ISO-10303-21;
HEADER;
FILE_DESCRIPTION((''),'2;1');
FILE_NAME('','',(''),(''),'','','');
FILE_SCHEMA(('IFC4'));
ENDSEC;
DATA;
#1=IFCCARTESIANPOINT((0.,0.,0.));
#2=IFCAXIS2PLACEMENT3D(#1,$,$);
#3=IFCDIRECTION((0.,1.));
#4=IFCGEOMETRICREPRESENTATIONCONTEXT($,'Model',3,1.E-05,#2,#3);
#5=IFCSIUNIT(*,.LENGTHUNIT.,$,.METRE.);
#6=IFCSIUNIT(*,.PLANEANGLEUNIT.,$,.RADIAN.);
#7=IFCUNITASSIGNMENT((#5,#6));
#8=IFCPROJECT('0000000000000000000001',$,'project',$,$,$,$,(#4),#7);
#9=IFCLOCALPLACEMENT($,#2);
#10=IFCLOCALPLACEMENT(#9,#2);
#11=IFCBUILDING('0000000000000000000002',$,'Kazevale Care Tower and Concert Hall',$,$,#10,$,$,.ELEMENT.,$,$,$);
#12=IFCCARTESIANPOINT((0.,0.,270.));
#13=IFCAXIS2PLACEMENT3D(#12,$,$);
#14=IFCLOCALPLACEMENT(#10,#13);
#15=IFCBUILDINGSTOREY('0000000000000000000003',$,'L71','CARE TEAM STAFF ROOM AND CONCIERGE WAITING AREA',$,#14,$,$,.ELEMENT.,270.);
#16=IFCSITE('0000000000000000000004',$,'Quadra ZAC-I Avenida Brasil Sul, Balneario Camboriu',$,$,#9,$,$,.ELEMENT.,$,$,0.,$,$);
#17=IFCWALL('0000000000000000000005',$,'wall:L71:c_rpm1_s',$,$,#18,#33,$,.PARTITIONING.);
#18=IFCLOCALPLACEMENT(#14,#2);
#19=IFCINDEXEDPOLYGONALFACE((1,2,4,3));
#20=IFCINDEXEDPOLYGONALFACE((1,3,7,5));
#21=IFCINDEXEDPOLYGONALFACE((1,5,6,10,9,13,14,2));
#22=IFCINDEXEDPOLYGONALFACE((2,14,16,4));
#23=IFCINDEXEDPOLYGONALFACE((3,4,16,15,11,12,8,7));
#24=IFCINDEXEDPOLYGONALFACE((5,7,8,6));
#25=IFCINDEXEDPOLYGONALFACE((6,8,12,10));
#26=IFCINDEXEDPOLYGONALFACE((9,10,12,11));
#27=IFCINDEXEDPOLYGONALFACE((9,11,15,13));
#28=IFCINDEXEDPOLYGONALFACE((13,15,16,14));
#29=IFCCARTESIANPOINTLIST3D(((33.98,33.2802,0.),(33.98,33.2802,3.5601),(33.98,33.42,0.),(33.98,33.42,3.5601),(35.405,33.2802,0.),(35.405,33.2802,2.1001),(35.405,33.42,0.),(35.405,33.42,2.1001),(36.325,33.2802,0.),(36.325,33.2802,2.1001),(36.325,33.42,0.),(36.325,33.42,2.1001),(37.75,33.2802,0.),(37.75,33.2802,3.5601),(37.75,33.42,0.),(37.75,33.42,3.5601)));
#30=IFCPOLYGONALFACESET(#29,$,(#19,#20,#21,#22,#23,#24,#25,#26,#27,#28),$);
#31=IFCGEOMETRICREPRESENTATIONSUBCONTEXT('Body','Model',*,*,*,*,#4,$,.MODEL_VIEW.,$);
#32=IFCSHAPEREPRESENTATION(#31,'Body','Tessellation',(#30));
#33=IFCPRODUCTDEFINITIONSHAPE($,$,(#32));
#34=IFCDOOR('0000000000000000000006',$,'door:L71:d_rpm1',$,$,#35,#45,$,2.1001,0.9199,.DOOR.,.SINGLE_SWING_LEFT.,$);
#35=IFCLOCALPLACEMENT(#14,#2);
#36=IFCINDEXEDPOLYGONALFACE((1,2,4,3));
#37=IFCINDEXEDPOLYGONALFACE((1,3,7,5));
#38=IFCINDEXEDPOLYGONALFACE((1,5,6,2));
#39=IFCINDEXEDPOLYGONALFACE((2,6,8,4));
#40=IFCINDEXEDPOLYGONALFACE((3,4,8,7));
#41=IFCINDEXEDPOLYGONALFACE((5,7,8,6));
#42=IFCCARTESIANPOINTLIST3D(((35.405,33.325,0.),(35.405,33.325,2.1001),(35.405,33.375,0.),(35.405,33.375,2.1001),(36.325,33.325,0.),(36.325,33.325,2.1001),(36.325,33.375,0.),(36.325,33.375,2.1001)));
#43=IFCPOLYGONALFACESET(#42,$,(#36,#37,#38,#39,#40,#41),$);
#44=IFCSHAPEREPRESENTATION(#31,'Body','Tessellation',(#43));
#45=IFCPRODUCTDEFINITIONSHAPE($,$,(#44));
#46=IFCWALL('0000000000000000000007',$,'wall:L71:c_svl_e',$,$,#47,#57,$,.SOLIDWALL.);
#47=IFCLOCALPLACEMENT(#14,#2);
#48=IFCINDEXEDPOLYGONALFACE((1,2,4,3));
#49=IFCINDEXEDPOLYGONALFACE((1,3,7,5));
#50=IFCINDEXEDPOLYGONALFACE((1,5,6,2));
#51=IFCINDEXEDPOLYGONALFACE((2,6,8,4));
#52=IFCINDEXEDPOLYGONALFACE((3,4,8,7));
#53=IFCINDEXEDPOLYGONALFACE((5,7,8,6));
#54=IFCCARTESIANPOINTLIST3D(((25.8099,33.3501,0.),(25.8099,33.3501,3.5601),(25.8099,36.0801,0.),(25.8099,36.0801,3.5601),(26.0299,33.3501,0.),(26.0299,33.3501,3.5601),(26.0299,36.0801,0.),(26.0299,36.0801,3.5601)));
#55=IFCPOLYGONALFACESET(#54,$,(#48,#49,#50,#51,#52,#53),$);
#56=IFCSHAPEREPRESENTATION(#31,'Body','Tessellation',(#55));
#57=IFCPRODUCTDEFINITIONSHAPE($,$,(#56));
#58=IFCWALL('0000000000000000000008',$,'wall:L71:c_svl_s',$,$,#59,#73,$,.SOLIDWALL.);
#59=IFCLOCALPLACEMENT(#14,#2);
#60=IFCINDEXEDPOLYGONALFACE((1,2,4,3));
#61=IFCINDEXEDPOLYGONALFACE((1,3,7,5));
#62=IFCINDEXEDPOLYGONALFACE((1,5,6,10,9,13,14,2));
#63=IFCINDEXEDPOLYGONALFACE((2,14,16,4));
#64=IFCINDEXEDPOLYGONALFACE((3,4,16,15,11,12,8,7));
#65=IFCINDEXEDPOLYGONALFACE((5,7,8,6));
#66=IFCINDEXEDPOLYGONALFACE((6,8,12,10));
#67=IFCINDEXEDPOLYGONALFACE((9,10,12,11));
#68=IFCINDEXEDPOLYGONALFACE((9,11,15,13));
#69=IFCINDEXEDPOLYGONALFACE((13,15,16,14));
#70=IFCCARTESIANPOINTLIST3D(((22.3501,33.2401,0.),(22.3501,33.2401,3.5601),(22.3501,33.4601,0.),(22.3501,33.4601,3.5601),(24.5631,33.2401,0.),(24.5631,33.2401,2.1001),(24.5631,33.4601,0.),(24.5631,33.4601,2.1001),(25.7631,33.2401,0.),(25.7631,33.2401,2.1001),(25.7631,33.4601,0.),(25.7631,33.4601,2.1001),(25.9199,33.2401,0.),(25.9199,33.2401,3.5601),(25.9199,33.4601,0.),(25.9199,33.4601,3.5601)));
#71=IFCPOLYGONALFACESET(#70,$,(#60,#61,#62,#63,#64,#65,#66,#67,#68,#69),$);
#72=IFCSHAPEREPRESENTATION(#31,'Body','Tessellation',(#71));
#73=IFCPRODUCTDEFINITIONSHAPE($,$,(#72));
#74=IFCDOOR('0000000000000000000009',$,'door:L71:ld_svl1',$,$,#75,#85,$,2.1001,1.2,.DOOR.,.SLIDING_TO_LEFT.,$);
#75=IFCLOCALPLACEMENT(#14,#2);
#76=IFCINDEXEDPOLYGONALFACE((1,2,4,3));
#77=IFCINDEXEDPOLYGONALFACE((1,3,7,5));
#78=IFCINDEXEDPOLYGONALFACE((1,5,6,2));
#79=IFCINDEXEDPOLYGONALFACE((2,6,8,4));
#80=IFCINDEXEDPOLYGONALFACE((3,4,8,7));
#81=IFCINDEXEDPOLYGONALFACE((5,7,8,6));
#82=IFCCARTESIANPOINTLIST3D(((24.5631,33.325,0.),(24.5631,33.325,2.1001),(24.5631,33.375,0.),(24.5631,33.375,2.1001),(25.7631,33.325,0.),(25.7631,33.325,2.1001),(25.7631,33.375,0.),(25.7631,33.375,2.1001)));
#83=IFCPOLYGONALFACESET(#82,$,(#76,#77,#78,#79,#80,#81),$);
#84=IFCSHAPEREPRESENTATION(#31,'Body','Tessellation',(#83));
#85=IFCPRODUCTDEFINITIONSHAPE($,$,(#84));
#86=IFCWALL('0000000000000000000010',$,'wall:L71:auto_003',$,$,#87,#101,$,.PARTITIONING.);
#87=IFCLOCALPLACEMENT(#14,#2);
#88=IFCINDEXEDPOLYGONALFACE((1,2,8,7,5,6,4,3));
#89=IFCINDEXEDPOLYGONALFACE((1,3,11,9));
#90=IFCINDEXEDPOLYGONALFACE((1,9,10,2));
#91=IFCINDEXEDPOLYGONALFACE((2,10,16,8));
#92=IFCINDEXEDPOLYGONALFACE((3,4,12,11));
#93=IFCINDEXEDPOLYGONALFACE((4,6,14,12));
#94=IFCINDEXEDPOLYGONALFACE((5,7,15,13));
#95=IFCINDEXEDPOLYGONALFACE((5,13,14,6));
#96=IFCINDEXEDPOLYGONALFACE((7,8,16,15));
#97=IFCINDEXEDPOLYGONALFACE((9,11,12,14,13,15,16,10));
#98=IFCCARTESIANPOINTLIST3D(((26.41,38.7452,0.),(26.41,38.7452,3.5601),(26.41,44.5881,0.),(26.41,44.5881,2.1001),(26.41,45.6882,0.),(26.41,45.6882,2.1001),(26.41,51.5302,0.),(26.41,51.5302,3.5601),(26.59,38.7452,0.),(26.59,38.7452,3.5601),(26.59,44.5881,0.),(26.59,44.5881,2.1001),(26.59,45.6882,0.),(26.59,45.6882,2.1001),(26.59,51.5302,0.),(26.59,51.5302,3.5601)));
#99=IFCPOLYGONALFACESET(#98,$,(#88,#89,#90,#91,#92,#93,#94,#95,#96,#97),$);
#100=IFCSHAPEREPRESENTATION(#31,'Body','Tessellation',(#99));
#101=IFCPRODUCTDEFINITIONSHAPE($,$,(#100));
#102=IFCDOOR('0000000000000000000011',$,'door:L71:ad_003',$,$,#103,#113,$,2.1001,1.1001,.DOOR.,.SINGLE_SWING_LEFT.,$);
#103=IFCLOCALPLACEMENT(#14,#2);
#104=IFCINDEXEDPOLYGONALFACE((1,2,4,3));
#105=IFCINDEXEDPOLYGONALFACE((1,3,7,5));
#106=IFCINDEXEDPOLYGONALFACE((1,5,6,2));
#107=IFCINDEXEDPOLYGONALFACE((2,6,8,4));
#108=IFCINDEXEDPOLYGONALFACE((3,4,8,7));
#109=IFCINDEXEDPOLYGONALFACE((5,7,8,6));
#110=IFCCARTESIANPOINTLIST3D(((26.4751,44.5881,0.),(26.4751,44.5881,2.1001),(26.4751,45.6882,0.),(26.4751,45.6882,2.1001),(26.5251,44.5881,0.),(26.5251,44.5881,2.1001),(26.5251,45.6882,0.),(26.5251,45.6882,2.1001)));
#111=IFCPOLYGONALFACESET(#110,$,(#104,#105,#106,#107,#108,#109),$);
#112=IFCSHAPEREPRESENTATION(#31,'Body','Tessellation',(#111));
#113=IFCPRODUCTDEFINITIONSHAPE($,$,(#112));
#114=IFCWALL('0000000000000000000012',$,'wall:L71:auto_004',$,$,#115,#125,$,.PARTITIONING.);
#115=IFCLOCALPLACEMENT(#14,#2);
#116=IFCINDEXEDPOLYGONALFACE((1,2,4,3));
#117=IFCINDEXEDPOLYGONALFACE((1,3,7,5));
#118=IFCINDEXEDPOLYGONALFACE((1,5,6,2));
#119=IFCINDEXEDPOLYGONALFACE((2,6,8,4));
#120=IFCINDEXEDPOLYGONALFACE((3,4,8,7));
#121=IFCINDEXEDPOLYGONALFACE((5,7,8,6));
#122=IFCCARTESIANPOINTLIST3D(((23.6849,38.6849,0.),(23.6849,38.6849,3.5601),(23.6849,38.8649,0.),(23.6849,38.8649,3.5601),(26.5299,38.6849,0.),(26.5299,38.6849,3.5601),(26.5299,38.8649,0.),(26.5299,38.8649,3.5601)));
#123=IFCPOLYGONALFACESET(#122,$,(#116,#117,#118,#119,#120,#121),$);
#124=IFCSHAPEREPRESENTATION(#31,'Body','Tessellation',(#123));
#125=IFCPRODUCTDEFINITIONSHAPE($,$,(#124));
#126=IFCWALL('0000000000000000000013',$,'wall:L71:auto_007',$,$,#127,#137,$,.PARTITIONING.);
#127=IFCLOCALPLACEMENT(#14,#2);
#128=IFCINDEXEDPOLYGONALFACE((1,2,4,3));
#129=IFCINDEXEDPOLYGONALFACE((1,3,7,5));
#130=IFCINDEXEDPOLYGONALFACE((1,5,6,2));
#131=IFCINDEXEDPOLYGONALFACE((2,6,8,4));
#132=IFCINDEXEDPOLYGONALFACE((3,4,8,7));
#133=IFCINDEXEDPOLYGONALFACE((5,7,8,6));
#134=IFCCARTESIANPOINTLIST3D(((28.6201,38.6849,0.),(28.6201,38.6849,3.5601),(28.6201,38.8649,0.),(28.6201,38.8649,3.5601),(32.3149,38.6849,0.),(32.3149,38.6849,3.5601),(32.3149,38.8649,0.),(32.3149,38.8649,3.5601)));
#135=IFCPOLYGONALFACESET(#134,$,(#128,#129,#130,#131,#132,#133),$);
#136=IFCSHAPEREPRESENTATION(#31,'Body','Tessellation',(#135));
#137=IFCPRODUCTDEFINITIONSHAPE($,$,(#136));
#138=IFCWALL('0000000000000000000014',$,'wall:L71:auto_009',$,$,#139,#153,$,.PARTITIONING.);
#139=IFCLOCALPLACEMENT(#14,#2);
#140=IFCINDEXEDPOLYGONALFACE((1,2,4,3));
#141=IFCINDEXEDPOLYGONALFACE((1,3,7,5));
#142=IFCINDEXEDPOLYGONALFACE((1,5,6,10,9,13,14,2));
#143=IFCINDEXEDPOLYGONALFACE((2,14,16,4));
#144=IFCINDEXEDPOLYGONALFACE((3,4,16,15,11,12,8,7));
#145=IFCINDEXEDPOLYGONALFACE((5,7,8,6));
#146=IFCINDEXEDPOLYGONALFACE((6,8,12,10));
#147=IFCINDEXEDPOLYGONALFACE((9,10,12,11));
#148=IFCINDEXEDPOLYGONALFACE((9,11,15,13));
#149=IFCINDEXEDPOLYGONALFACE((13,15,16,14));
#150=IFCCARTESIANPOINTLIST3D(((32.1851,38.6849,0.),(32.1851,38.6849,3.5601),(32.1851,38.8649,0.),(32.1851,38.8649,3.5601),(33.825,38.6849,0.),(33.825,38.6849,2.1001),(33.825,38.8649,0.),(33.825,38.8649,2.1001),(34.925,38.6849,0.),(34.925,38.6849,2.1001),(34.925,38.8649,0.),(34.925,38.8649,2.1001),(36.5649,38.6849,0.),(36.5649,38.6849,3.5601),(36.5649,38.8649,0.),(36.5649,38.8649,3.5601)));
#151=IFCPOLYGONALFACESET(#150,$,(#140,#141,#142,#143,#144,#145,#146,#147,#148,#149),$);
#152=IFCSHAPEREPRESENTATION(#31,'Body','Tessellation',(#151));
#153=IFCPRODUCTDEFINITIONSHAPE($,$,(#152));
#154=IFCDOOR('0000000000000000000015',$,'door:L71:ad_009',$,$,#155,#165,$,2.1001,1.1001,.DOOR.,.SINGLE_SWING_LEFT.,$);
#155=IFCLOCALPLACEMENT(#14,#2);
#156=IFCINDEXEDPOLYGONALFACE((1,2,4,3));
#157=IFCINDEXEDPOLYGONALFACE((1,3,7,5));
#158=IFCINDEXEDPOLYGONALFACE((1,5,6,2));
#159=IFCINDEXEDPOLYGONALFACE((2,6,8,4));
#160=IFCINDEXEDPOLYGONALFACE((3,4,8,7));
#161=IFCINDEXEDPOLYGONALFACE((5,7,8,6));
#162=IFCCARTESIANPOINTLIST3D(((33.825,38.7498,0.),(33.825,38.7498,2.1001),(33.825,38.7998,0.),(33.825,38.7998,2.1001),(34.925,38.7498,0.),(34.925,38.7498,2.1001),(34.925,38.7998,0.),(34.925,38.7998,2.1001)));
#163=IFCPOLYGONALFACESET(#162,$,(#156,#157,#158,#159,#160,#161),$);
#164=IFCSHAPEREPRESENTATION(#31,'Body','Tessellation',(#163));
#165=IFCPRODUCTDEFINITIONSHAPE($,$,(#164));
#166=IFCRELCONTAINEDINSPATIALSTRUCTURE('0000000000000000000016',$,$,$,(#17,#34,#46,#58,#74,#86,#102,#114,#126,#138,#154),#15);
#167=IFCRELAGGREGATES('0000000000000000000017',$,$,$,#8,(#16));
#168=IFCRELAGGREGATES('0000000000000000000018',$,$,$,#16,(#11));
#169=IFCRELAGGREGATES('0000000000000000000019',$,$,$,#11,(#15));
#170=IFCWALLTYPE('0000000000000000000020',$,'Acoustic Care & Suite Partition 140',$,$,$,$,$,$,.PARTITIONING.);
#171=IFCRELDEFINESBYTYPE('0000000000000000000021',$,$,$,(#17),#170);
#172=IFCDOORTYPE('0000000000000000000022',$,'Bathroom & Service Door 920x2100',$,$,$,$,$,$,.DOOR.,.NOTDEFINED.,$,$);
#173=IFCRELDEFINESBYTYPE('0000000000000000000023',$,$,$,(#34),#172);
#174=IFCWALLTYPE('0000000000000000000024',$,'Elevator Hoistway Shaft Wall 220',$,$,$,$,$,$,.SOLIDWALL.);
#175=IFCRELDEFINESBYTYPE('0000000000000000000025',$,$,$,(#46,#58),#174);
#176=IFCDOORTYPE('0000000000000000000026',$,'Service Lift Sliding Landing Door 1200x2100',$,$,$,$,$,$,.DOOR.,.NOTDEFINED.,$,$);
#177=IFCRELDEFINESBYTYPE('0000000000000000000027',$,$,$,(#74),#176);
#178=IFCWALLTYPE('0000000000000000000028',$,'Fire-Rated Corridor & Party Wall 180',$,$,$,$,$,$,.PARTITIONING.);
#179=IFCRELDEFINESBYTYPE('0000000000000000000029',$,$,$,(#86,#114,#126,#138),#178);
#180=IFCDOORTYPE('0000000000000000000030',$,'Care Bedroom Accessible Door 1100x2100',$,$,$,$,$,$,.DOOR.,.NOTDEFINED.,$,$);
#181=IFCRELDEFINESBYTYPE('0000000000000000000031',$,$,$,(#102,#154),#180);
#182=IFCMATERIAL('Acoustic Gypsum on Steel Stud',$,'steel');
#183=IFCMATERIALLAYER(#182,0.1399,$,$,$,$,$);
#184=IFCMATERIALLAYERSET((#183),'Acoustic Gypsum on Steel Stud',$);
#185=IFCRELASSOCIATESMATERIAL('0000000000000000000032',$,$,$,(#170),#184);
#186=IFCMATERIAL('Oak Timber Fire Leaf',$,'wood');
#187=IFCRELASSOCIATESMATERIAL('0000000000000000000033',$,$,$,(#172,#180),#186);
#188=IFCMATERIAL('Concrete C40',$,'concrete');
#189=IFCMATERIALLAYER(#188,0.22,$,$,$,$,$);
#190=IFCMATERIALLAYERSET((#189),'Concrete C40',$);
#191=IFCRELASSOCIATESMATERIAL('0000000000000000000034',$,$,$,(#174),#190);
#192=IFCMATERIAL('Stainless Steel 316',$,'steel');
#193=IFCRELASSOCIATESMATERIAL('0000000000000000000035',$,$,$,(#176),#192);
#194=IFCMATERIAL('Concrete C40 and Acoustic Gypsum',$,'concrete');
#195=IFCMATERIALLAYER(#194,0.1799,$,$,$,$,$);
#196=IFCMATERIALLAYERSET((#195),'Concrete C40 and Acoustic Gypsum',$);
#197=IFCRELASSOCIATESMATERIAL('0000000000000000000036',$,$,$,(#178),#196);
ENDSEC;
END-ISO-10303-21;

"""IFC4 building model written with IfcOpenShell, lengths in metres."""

from ifc_helpers import new_model, si_unit, direction, frame, frame_2d, origin, place, context, subcontext, project, spatial, rectangle, extrude, material, layer, layer_set, type_object, element, fill, save


model = new_model("IFC4")

# Units and contexts
model_context = context("Model", 3, precision=1e-05, world=origin(), true_north=direction((0.0, 1.0)))
body_context = subcontext(model_context, "Body", "Model", "MODEL_VIEW")
ifc_project = project(units=[si_unit("LENGTHUNIT", "METRE"), si_unit("PLANEANGLEUNIT", "RADIAN")], contexts=[model_context])

# Site, building, storey
site_placement = place(None, origin())
site = spatial("IfcSite", under=ifc_project, at=site_placement, Name="Quadra ZAC-I Avenida Brasil Sul, Balneario Camboriu", CompositionType="ELEMENT", RefElevation=0.0)
building_placement = place(site_placement, origin())
building = spatial("IfcBuilding", under=site, at=building_placement, Name="Kazevale Care Tower and Concert Hall", CompositionType="ELEMENT")
storey_placement = place(building_placement, frame((0.0, 0.0, 270.0)))
storey = spatial("IfcBuildingStorey", under=building, at=storey_placement, Name="L71", Description="CARE TEAM STAFF ROOM AND CONCIERGE WAITING AREA", CompositionType="ELEMENT", Elevation=270.0)

# Shared definitions
ifc_material_1 = material(Name="Acoustic Gypsum on Steel Stud", Category="steel")
ifc_layer_1 = layer(ifc_material_1, 0.1399)
ifc_layer_set_1 = layer_set([ifc_layer_1], Name="Acoustic Gypsum on Steel Stud")
wall_type_1 = type_object("IfcWallType", Name="Acoustic Care & Suite Partition 140", PredefinedType="PARTITIONING", material=ifc_layer_set_1)
ifc_material_2 = material(Name="Oak Timber Fire Leaf", Category="wood")
door_type_1 = type_object("IfcDoorType", Name="Bathroom & Service Door 920x2100", OperationType="NOTDEFINED", PredefinedType="DOOR", material=ifc_material_2)

# Wall, opening, door
wall_1_placement = place(storey_placement, frame((33.98, 33.3501, 0.0), z_axis=(0.0, 0.0, 1.0), x_axis=(1.0, 0.0, 0.0)))
wall_1 = element("IfcWall", 1, at=wall_1_placement, inside=storey, type_object=wall_type_1, Name="wall:L71:c_rpm1_s", PredefinedType="PARTITIONING", context=body_context, shape_type="SweptSolid", body=[
    extrude(rectangle(XDim=3.77, YDim=0.1399, at=frame_2d((1.885, 0.0))), origin(), (0.0, 0.0, 1.0), 3.5601),
])
opening_1_placement = place(wall_1_placement, frame((1.425, 0.0, 0.0)))
opening_1 = element("IfcOpeningElement", 2, at=opening_1_placement, cuts=wall_1, PredefinedType="OPENING", context=body_context, shape_type="SweptSolid", body=[
    extrude(rectangle(XDim=0.9199, YDim=2.1001, at=frame_2d((0.46, 1.05))), frame((0.0, 0.0798, 0.0), z_axis=(0.0, -1.0, 0.0), x_axis=(1.0, 0.0, 0.0)), (0.0, 0.0, 1.0), 0.1599),
])
door_1_placement = place(opening_1_placement, origin())
door_1 = element("IfcDoor", 3, at=door_1_placement, inside=storey, type_object=door_type_1, Name="door:L71:d_rpm1", OperationType="SINGLE_SWING_LEFT", OverallHeight=2.1001, OverallWidth=0.9199, PredefinedType="DOOR", context=body_context, shape_type="SweptSolid", body=[
    extrude(rectangle(XDim=0.9199, YDim=2.1001, at=frame_2d((0.46, 1.05))), frame((0.0, 0.0249, 0.0), z_axis=(0.0, -1.0, 0.0), x_axis=(1.0, 0.0, 0.0)), (0.0, 0.0, 1.0), 0.05),
])
fill(opening_1, door_1)

# Wall
ifc_material_3 = material(Name="Concrete C40", Category="concrete")
ifc_layer_2 = layer(ifc_material_3, 0.22)
ifc_layer_set_2 = layer_set([ifc_layer_2], Name="Concrete C40")
wall_type_2 = type_object("IfcWallType", Name="Elevator Hoistway Shaft Wall 220", PredefinedType="SOLIDWALL", material=ifc_layer_set_2)
wall_2_placement = place(storey_placement, frame((25.9199, 33.3501, 0.0), z_axis=(0.0, 0.0, 1.0), x_axis=(0.0, 1.0, 0.0)))
element("IfcWall", 4, at=wall_2_placement, inside=storey, type_object=wall_type_2, Name="wall:L71:c_svl_e", PredefinedType="SOLIDWALL", context=body_context, shape_type="SweptSolid", body=[
    extrude(rectangle(XDim=2.73, YDim=0.22, at=frame_2d((1.365, 0.0))), origin(), (0.0, 0.0, 1.0), 3.5601),
])

# Walls, openings, doors
wall_3_placement = place(storey_placement, frame((22.3501, 33.3501, 0.0), z_axis=(0.0, 0.0, 1.0), x_axis=(1.0, 0.0, 0.0)))
wall_3 = element("IfcWall", 5, at=wall_3_placement, inside=storey, type_object=wall_type_2, Name="wall:L71:c_svl_s", PredefinedType="SOLIDWALL", context=body_context, shape_type="SweptSolid", body=[
    extrude(rectangle(XDim=3.5698, YDim=0.22, at=frame_2d((1.7849, 0.0))), origin(), (0.0, 0.0, 1.0), 3.5601),
])
opening_2_placement = place(wall_3_placement, frame((2.2129, 0.0, 0.0)))
opening_2 = element("IfcOpeningElement", 6, at=opening_2_placement, cuts=wall_3, PredefinedType="OPENING", context=body_context, shape_type="SweptSolid", body=[
    extrude(rectangle(XDim=1.2, YDim=2.1001, at=frame_2d((0.6001, 1.05))), frame((0.0, 0.1199, 0.0), z_axis=(0.0, -1.0, 0.0), x_axis=(1.0, 0.0, 0.0)), (0.0, 0.0, 1.0), 0.24),
])
ifc_material_4 = material(Name="Stainless Steel 316", Category="steel")
door_type_2 = type_object("IfcDoorType", Name="Service Lift Sliding Landing Door 1200x2100", OperationType="NOTDEFINED", PredefinedType="DOOR", material=ifc_material_4)
door_2_placement = place(opening_2_placement, origin())
door_2 = element("IfcDoor", 7, at=door_2_placement, inside=storey, type_object=door_type_2, Name="door:L71:ld_svl1", OperationType="SLIDING_TO_LEFT", OverallHeight=2.1001, OverallWidth=1.2, PredefinedType="DOOR", context=body_context, shape_type="SweptSolid", body=[
    extrude(rectangle(XDim=1.2, YDim=2.1001, at=frame_2d((0.6001, 1.05))), frame((0.0, 0.0249, 0.0), z_axis=(0.0, -1.0, 0.0), x_axis=(1.0, 0.0, 0.0)), (0.0, 0.0, 1.0), 0.05),
])
fill(opening_2, door_2)
ifc_material_5 = material(Name="Concrete C40 and Acoustic Gypsum", Category="concrete")
ifc_layer_3 = layer(ifc_material_5, 0.1799)
ifc_layer_set_3 = layer_set([ifc_layer_3], Name="Concrete C40 and Acoustic Gypsum")
wall_type_3 = type_object("IfcWallType", Name="Fire-Rated Corridor & Party Wall 180", PredefinedType="PARTITIONING", material=ifc_layer_set_3)
wall_4_placement = place(storey_placement, frame((26.5, 38.7451, 0.0), z_axis=(0.0, 0.0, 1.0), x_axis=(0.0, 1.0, 0.0)))
wall_4 = element("IfcWall", 8, at=wall_4_placement, inside=storey, type_object=wall_type_3, Name="wall:L71:auto_003", PredefinedType="PARTITIONING", context=body_context, shape_type="SweptSolid", body=[
    extrude(rectangle(XDim=12.7849, YDim=0.1799, at=frame_2d((6.3926, 0.0))), origin(), (0.0, 0.0, 1.0), 3.5601),
])
opening_3_placement = place(wall_4_placement, frame((5.843, 0.0, 0.0)))
opening_3 = element("IfcOpeningElement", 9, at=opening_3_placement, cuts=wall_4, PredefinedType="OPENING", context=body_context, shape_type="SweptSolid", body=[
    extrude(rectangle(XDim=1.1001, YDim=2.1001, at=frame_2d((0.55, 1.05))), frame((0.0, 0.0999, 0.0), z_axis=(0.0, -1.0, 0.0), x_axis=(1.0, 0.0, 0.0)), (0.0, 0.0, 1.0), 0.2),
])
door_type_3 = type_object("IfcDoorType", Name="Care Bedroom Accessible Door 1100x2100", OperationType="NOTDEFINED", PredefinedType="DOOR", material=ifc_material_2)
door_3_placement = place(opening_3_placement, origin())
door_3 = element("IfcDoor", 10, at=door_3_placement, inside=storey, type_object=door_type_3, Name="door:L71:ad_003", OperationType="SINGLE_SWING_LEFT", OverallHeight=2.1001, OverallWidth=1.1001, PredefinedType="DOOR", context=body_context, shape_type="SweptSolid", body=[
    extrude(rectangle(XDim=1.1001, YDim=2.1001, at=frame_2d((0.55, 1.05))), frame((0.0, 0.0249, 0.0), z_axis=(0.0, -1.0, 0.0), x_axis=(1.0, 0.0, 0.0)), (0.0, 0.0, 1.0), 0.05),
])
fill(opening_3, door_3)

# Walls
wall_5_placement = place(storey_placement, frame((23.6851, 38.7749, 0.0), z_axis=(0.0, 0.0, 1.0), x_axis=(1.0, 0.0, 0.0)))
element("IfcWall", 11, at=wall_5_placement, inside=storey, type_object=wall_type_3, Name="wall:L71:auto_004", PredefinedType="PARTITIONING", context=body_context, shape_type="SweptSolid", body=[
    extrude(rectangle(XDim=2.845, YDim=0.1799, at=frame_2d((1.4224, 0.0))), origin(), (0.0, 0.0, 1.0), 3.5601),
])
wall_6_placement = place(storey_placement, frame((28.6201, 38.7749, 0.0), z_axis=(0.0, 0.0, 1.0), x_axis=(1.0, 0.0, 0.0)))
element("IfcWall", 12, at=wall_6_placement, inside=storey, type_object=wall_type_3, Name="wall:L71:auto_007", PredefinedType="PARTITIONING", context=body_context, shape_type="SweptSolid", body=[
    extrude(rectangle(XDim=3.6948, YDim=0.1799, at=frame_2d((1.8474, 0.0))), origin(), (0.0, 0.0, 1.0), 3.5601),
])

# Wall, opening, door
wall_7_placement = place(storey_placement, frame((32.1851, 38.7749, 0.0), z_axis=(0.0, 0.0, 1.0), x_axis=(1.0, 0.0, 0.0)))
wall_7 = element("IfcWall", 13, at=wall_7_placement, inside=storey, type_object=wall_type_3, Name="wall:L71:auto_009", PredefinedType="PARTITIONING", context=body_context, shape_type="SweptSolid", body=[
    extrude(rectangle(XDim=4.3799, YDim=0.1799, at=frame_2d((2.1899, 0.0))), origin(), (0.0, 0.0, 1.0), 3.5601),
])
opening_4_placement = place(wall_7_placement, frame((1.6399, 0.0, 0.0)))
opening_4 = element("IfcOpeningElement", 14, at=opening_4_placement, cuts=wall_7, PredefinedType="OPENING", context=body_context, shape_type="SweptSolid", body=[
    extrude(rectangle(XDim=1.1001, YDim=2.1001, at=frame_2d((0.55, 1.05))), frame((0.0, 0.0999, 0.0), z_axis=(0.0, -1.0, 0.0), x_axis=(1.0, 0.0, 0.0)), (0.0, 0.0, 1.0), 0.2),
])
door_4_placement = place(opening_4_placement, origin())
door_4 = element("IfcDoor", 15, at=door_4_placement, inside=storey, type_object=door_type_3, Name="door:L71:ad_009", OperationType="SINGLE_SWING_LEFT", OverallHeight=2.1001, OverallWidth=1.1001, PredefinedType="DOOR", context=body_context, shape_type="SweptSolid", body=[
    extrude(rectangle(XDim=1.1001, YDim=2.1001, at=frame_2d((0.55, 1.05))), frame((0.0, 0.0249, 0.0), z_axis=(0.0, -1.0, 0.0), x_axis=(1.0, 0.0, 0.0)), (0.0, 0.0, 1.0), 0.05),
])
fill(opening_4, door_4)

save(model, "model.ifc")
